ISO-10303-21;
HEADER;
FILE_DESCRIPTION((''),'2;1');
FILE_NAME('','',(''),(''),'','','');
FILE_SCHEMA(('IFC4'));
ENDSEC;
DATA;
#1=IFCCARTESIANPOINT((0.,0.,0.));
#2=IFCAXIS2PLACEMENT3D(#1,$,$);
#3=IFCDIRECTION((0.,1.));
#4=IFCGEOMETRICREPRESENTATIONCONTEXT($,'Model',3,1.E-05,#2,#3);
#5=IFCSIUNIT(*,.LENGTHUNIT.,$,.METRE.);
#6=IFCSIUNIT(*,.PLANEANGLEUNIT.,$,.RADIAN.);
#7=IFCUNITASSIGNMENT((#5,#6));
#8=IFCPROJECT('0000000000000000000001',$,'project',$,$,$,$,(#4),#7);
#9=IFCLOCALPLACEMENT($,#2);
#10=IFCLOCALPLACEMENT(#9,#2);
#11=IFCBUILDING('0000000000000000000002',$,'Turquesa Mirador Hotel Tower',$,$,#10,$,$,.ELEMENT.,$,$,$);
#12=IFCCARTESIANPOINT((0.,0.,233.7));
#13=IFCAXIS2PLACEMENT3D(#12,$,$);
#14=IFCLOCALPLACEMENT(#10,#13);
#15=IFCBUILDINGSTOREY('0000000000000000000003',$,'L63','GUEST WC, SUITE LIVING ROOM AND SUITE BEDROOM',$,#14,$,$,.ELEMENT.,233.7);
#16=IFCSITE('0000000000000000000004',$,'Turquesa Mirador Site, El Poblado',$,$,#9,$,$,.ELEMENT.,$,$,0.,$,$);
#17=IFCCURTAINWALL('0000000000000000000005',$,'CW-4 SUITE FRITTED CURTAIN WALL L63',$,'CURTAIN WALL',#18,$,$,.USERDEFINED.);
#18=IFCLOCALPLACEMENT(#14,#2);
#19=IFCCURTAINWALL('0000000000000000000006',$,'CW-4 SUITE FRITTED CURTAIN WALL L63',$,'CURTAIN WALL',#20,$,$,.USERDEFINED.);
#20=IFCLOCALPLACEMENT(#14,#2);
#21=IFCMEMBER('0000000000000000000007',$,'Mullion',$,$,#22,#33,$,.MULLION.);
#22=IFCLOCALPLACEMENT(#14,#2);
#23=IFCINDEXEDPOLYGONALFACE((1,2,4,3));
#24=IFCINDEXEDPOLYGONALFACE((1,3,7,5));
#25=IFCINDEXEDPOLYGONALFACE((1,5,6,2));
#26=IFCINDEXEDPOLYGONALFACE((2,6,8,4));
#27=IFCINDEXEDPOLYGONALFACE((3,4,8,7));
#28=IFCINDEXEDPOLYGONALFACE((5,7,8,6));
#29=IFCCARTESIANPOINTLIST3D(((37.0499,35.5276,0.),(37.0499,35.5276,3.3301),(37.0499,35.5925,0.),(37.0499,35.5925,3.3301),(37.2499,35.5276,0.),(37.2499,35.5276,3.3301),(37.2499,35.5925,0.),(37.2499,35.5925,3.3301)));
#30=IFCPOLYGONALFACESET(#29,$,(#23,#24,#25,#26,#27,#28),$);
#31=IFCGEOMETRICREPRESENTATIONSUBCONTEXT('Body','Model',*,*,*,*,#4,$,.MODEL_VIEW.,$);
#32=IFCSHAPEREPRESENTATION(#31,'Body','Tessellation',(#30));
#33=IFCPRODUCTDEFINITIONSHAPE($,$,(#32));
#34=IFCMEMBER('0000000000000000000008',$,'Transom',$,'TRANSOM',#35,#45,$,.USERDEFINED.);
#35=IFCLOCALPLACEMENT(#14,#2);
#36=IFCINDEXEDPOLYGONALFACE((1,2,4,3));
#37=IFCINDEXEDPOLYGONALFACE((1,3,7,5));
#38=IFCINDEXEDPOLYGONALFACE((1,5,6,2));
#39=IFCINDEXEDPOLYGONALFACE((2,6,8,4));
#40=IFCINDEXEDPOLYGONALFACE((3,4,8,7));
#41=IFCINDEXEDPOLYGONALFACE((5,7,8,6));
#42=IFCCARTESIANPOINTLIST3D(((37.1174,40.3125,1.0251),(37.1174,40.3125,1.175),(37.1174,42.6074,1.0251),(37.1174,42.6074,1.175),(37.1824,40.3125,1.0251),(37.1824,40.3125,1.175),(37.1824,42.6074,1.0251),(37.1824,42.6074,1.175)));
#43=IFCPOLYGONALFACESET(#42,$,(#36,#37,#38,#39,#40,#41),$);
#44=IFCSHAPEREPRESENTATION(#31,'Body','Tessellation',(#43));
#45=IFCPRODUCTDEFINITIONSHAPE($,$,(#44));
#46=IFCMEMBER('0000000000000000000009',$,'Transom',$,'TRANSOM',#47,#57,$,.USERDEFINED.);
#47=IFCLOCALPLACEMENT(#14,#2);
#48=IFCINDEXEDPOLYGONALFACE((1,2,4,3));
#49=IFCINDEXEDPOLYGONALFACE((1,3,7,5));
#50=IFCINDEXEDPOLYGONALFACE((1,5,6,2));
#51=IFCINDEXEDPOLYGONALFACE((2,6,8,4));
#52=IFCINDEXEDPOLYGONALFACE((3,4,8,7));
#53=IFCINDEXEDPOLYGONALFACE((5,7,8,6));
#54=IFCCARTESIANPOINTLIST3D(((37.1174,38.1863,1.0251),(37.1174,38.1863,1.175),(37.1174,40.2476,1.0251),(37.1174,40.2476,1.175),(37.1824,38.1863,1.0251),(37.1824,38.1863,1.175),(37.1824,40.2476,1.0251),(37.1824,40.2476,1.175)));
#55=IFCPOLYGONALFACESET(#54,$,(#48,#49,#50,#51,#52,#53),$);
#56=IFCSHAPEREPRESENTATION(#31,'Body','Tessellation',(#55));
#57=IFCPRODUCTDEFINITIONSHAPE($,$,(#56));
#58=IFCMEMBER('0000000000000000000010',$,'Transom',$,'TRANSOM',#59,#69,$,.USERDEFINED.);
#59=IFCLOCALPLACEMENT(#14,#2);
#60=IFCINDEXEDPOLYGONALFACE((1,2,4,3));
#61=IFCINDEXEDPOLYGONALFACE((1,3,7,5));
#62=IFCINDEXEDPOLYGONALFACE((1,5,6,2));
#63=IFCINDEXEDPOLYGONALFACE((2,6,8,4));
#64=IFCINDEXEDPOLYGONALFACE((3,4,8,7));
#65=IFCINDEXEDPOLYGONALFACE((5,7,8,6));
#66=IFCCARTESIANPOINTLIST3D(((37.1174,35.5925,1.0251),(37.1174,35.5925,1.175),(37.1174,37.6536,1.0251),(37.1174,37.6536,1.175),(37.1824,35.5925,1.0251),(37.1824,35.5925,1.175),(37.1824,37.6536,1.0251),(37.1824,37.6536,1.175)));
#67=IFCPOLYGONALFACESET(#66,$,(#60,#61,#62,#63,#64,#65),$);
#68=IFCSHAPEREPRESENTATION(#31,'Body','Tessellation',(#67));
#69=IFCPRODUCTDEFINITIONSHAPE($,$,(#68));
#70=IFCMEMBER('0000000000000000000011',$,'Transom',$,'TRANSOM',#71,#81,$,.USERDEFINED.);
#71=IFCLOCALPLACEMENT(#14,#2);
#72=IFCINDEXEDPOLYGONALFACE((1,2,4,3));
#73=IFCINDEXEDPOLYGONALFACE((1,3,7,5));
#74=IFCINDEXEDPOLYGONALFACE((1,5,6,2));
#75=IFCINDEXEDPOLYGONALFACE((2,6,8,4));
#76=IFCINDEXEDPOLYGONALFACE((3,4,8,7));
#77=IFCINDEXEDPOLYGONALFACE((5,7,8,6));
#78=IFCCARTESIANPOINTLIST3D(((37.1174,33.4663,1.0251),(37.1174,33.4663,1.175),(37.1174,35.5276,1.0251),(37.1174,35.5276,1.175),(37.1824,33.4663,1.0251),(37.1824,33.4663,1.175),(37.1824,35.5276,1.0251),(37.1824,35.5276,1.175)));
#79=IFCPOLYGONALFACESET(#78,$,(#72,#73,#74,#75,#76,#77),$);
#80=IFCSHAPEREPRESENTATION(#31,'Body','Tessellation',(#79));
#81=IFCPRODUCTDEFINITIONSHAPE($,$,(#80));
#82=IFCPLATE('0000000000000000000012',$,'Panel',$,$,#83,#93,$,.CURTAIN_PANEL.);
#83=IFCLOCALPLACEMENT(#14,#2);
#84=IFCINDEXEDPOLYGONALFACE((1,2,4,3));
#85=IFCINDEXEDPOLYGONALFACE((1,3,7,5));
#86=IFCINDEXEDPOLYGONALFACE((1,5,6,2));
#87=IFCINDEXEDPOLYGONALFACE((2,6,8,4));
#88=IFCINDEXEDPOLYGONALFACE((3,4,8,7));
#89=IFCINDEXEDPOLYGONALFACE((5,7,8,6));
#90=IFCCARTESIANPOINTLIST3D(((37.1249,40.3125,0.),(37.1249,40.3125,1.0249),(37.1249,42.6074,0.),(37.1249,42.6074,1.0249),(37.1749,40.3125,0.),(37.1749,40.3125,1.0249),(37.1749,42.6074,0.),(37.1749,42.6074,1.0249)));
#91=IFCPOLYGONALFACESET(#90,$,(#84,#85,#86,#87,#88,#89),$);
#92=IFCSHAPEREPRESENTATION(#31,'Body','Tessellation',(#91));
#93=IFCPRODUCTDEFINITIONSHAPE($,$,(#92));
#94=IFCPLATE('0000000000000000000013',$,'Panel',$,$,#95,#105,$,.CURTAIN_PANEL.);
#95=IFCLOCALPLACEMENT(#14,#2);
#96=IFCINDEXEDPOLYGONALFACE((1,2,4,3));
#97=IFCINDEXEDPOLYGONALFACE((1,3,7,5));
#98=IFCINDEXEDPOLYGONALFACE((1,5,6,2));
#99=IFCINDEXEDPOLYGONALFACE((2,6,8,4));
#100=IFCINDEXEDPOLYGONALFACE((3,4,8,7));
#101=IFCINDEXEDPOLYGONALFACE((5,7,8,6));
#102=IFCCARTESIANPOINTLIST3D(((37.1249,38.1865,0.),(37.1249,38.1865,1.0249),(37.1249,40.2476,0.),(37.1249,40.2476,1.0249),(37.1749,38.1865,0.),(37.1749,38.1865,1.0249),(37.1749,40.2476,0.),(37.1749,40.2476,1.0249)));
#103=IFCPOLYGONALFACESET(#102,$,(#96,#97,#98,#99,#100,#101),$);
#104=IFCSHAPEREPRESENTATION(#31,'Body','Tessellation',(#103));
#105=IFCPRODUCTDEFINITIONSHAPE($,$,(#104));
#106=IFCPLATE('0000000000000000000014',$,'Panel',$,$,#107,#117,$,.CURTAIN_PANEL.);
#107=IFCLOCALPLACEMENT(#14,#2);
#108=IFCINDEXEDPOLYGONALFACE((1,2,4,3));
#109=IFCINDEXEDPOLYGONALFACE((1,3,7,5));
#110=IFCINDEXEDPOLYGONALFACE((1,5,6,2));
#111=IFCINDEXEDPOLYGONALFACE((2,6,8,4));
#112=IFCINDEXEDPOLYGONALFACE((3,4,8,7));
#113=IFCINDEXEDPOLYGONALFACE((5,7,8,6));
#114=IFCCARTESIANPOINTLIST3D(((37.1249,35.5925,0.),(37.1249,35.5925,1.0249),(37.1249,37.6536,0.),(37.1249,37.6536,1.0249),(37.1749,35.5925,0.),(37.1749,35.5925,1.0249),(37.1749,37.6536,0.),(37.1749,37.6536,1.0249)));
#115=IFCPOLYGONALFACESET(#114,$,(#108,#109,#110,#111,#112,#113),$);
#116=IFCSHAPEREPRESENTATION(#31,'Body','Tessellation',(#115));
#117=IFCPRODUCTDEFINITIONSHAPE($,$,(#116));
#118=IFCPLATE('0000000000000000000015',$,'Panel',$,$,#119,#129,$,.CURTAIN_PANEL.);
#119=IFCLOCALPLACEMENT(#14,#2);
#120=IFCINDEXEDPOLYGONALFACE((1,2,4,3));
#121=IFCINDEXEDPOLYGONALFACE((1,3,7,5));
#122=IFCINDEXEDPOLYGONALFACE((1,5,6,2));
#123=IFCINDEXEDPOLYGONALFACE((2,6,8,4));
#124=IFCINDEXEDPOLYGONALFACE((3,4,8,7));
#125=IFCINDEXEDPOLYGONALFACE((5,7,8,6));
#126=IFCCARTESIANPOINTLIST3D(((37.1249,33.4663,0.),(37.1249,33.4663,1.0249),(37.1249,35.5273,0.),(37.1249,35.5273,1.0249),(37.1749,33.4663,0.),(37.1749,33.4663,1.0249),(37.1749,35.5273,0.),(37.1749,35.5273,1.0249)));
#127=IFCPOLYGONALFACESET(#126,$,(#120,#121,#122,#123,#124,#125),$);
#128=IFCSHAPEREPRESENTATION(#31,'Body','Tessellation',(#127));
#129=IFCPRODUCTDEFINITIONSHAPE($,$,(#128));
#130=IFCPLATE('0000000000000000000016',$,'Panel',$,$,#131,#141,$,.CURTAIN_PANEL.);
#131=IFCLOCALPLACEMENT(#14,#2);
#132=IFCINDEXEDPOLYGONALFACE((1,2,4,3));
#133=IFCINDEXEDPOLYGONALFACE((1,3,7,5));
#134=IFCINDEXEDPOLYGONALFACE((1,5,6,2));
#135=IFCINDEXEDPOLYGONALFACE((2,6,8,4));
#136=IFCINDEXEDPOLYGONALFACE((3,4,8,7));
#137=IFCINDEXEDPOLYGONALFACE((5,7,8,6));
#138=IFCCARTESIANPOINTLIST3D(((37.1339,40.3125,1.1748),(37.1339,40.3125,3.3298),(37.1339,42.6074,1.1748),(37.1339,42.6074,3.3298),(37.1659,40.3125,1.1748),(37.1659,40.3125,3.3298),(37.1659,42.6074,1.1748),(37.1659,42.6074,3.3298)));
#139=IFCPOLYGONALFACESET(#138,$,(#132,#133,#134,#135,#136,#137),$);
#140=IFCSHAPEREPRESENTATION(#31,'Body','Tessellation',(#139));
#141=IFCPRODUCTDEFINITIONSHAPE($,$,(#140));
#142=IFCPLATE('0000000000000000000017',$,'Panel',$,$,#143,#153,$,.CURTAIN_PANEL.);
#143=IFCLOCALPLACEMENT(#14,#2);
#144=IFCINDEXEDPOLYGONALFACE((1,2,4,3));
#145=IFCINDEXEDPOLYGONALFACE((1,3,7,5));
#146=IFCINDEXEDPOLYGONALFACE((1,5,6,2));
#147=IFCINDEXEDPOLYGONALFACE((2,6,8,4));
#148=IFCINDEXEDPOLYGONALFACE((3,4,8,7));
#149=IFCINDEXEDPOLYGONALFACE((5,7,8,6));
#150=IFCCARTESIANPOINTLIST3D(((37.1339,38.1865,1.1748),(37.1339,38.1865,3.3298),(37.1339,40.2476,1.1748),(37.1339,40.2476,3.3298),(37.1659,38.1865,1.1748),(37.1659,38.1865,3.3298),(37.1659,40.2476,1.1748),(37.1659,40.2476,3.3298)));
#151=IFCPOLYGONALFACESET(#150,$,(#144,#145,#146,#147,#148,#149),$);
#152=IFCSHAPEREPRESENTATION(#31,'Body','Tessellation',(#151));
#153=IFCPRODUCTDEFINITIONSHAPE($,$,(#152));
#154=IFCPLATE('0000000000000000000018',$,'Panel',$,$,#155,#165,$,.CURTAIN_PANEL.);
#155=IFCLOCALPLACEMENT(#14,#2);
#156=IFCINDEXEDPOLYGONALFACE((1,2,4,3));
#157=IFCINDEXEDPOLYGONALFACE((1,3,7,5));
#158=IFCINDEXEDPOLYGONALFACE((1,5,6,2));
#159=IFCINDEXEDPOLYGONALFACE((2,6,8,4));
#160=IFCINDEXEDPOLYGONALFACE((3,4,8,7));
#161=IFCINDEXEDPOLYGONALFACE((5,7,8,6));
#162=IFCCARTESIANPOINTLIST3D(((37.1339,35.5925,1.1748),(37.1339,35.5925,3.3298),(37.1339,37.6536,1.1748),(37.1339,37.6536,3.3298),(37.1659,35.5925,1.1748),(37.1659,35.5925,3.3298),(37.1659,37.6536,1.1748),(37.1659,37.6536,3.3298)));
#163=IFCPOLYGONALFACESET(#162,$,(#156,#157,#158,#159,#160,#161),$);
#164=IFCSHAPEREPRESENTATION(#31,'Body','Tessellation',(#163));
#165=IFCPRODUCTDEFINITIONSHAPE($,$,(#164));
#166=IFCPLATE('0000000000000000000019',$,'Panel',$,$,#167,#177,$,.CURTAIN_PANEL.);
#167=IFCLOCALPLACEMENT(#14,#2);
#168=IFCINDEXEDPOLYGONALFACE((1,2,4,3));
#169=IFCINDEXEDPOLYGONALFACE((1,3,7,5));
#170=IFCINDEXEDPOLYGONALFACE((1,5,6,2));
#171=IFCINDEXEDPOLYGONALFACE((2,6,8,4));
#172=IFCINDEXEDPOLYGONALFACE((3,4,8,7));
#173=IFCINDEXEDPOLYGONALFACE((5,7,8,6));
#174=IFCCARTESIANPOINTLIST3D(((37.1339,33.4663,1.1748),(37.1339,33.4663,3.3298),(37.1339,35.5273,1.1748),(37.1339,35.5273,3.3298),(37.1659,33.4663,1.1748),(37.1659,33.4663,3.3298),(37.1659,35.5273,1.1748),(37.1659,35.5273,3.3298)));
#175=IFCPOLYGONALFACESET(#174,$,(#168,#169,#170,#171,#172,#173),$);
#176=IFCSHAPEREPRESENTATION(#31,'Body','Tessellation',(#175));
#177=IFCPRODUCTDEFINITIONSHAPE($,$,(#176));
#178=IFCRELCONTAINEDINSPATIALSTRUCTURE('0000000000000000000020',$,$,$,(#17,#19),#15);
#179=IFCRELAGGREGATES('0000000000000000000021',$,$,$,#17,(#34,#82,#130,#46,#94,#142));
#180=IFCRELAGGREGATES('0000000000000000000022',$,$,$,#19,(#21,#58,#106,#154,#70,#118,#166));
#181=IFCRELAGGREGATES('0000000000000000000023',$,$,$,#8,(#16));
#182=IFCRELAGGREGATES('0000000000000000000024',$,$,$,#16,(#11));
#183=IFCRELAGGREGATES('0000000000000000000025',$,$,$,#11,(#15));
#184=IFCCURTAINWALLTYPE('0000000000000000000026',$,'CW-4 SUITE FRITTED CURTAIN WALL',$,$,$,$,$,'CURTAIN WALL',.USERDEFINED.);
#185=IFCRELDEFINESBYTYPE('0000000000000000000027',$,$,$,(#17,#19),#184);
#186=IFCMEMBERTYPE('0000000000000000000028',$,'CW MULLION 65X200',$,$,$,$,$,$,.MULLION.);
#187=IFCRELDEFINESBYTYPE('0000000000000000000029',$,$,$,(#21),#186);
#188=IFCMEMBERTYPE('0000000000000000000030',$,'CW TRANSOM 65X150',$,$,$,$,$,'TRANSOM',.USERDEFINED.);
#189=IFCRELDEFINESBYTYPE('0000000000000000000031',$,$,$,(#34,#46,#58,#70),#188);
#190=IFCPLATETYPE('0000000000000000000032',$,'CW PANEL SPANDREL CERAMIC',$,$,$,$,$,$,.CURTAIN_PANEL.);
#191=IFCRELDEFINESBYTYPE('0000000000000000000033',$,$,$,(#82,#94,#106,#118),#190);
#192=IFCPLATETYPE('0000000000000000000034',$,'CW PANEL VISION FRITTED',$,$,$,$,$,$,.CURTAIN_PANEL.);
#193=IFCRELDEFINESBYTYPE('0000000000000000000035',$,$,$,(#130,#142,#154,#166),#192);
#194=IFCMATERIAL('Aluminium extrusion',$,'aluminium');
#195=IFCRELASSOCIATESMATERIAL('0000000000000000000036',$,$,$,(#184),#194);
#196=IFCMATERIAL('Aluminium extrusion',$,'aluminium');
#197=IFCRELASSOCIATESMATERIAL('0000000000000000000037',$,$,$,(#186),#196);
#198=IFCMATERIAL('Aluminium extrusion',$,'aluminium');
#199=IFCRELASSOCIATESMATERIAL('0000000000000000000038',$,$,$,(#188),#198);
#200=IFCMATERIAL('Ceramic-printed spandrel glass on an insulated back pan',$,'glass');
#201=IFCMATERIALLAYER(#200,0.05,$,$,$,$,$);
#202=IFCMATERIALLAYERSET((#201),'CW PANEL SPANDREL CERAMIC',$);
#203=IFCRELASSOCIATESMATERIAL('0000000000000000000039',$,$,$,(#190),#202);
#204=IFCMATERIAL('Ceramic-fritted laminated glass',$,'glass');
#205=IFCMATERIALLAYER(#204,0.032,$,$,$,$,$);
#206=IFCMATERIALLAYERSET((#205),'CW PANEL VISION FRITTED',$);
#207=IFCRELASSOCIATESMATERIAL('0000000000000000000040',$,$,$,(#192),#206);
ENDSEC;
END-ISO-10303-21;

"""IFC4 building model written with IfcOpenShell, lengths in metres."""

from ifc_helpers import new_model, si_unit, direction, frame, origin, origin_2d, place, context, subcontext, project, spatial, rectangle, extrude, material, layer, layer_set, material_profile, profile_set, type_object, element, aggregate, save


model = new_model("IFC4")

# Units and contexts
model_context = context("Model", 3, precision=1e-05, world=origin(), true_north=direction((0.0, 1.0)))
body_context = subcontext(model_context, "Body", "Model", "MODEL_VIEW")
ifc_project = project(units=[si_unit("LENGTHUNIT", "METRE"), si_unit("PLANEANGLEUNIT", "RADIAN")], contexts=[model_context])

# Site, building, storey
site_placement = place(None, origin())
site = spatial("IfcSite", under=ifc_project, at=site_placement, Name="Turquesa Mirador Site, El Poblado", CompositionType="ELEMENT", RefElevation=0.0)
building_placement = place(site_placement, origin())
building = spatial("IfcBuilding", under=site, at=building_placement, Name="Turquesa Mirador Hotel Tower", CompositionType="ELEMENT")
storey_placement = place(building_placement, frame((0.0, 0.0, 233.7)))
storey = spatial("IfcBuildingStorey", under=building, at=storey_placement, Name="L63", Description="GUEST WC, SUITE LIVING ROOM AND SUITE BEDROOM", CompositionType="ELEMENT", Elevation=233.7)

# Curtain walls, member
ifc_material_1 = material(Name="Aluminium extrusion", Category="aluminium")
curtain_wall_type = type_object("IfcCurtainWallType", Name="CW-4 SUITE FRITTED CURTAIN WALL", ElementType="CURTAIN WALL", PredefinedType="USERDEFINED", material=ifc_material_1)
curtain_wall_1_placement = place(storey_placement, origin())
curtain_wall_1 = element("IfcCurtainWall", 1, at=curtain_wall_1_placement, inside=storey, type_object=curtain_wall_type, Name="CW-4 SUITE FRITTED CURTAIN WALL L63", ObjectType="CURTAIN WALL", PredefinedType="USERDEFINED")
ifc_material_2 = material(Name="Aluminium extrusion", Category="aluminium")
ifc_material_profile_1 = material_profile(ifc_material_2, rectangle(XDim=0.0649, YDim=0.2, at=origin_2d()), Name="MULLION 65X200")
ifc_profile_set_1 = profile_set([ifc_material_profile_1], Name="Aluminium extrusion")
member_type_1 = type_object("IfcMemberType", Name="CW MULLION 65X200", PredefinedType="MULLION", material=ifc_profile_set_1)
curtain_wall_2_placement = place(storey_placement, origin())
curtain_wall_2 = element("IfcCurtainWall", 2, at=curtain_wall_2_placement, inside=storey, type_object=curtain_wall_type, Name="CW-4 SUITE FRITTED CURTAIN WALL L63", ObjectType="CURTAIN WALL", PredefinedType="USERDEFINED")
member_1_placement = place(storey_placement, frame((37.1499, 35.5601, 0.0), z_axis=(0.0, 0.0, 1.0), x_axis=(0.0, -1.0, 0.0)))
member_1 = element("IfcMember", 3, at=member_1_placement, type_object=member_type_1, Name="Mullion", PredefinedType="MULLION", context=body_context, shape_type="SweptSolid", body=[
    extrude(rectangle(XDim=0.0649, YDim=0.2, at=origin_2d()), origin(), (0.0, 0.0, 1.0), 3.3301),
])

# Members
ifc_material_3 = material(Name="Aluminium extrusion", Category="aluminium")
ifc_material_profile_2 = material_profile(ifc_material_3, rectangle(XDim=0.0649, YDim=0.1499, at=origin_2d()), Name="TRANSOM 65X150")
ifc_profile_set_2 = profile_set([ifc_material_profile_2], Name="Aluminium extrusion")
member_type_2 = type_object("IfcMemberType", Name="CW TRANSOM 65X150", ElementType="TRANSOM", PredefinedType="USERDEFINED", material=ifc_profile_set_2)
member_2_placement = place(storey_placement, frame((37.1499, 42.6074, 1.1001), z_axis=(0.0, -1.0, 0.0), x_axis=(1.0, 0.0, 0.0)))
member_2 = element("IfcMember", 4, at=member_2_placement, type_object=member_type_2, Name="Transom", ObjectType="TRANSOM", PredefinedType="USERDEFINED", context=body_context, shape_type="SweptSolid", body=[
    extrude(rectangle(XDim=0.0649, YDim=0.1499, at=origin_2d()), origin(), (0.0, 0.0, 1.0), 2.2949),
])
member_3_placement = place(storey_placement, frame((37.1499, 40.2476, 1.1001), z_axis=(0.0, -1.0, 0.0), x_axis=(1.0, 0.0, 0.0)))
member_3 = element("IfcMember", 5, at=member_3_placement, type_object=member_type_2, Name="Transom", ObjectType="TRANSOM", PredefinedType="USERDEFINED", context=body_context, shape_type="SweptSolid", body=[
    extrude(rectangle(XDim=0.0649, YDim=0.1499, at=origin_2d()), origin(), (0.0, 0.0, 1.0), 2.0613),
])
member_4_placement = place(storey_placement, frame((37.1499, 37.6536, 1.1001), z_axis=(0.0, -1.0, 0.0), x_axis=(1.0, 0.0, 0.0)))
member_4 = element("IfcMember", 6, at=member_4_placement, type_object=member_type_2, Name="Transom", ObjectType="TRANSOM", PredefinedType="USERDEFINED", context=body_context, shape_type="SweptSolid", body=[
    extrude(rectangle(XDim=0.0649, YDim=0.1499, at=origin_2d()), origin(), (0.0, 0.0, 1.0), 2.061),
])
member_5_placement = place(storey_placement, frame((37.1499, 35.5276, 1.1001), z_axis=(0.0, -1.0, 0.0), x_axis=(1.0, 0.0, 0.0)))
member_5 = element("IfcMember", 7, at=member_5_placement, type_object=member_type_2, Name="Transom", ObjectType="TRANSOM", PredefinedType="USERDEFINED", context=body_context, shape_type="SweptSolid", body=[
    extrude(rectangle(XDim=0.0649, YDim=0.1499, at=origin_2d()), origin(), (0.0, 0.0, 1.0), 2.0613),
])

# Plates
ifc_material_4 = material(Name="Ceramic-printed spandrel glass on an insulated back pan", Category="glass")
ifc_layer_1 = layer(ifc_material_4, 0.05)
ifc_layer_set_1 = layer_set([ifc_layer_1], Name="CW PANEL SPANDREL CERAMIC")
plate_type_1 = type_object("IfcPlateType", Name="CW PANEL SPANDREL CERAMIC", PredefinedType="CURTAIN_PANEL", material=ifc_layer_set_1)
plate_1_placement = place(storey_placement, frame((37.1499, 41.46, 0.0), z_axis=(0.0, 0.0, 1.0), x_axis=(0.0, -1.0, 0.0)))
plate_1 = element("IfcPlate", 8, at=plate_1_placement, type_object=plate_type_1, Name="Panel", PredefinedType="CURTAIN_PANEL", context=body_context, shape_type="SweptSolid", body=[
    extrude(rectangle(XDim=2.2949, YDim=0.05, at=origin_2d()), origin(), (0.0, 0.0, 1.0), 1.0249),
])
plate_2_placement = place(storey_placement, frame((37.1499, 39.217, 0.0), z_axis=(0.0, 0.0, 1.0), x_axis=(0.0, -1.0, 0.0)))
plate_2 = element("IfcPlate", 9, at=plate_2_placement, type_object=plate_type_1, Name="Panel", PredefinedType="CURTAIN_PANEL", context=body_context, shape_type="SweptSolid", body=[
    extrude(rectangle(XDim=2.061, YDim=0.05, at=origin_2d()), origin(), (0.0, 0.0, 1.0), 1.0249),
])
plate_3_placement = place(storey_placement, frame((37.1499, 36.623, 0.0), z_axis=(0.0, 0.0, 1.0), x_axis=(0.0, -1.0, 0.0)))
plate_3 = element("IfcPlate", 10, at=plate_3_placement, type_object=plate_type_1, Name="Panel", PredefinedType="CURTAIN_PANEL", context=body_context, shape_type="SweptSolid", body=[
    extrude(rectangle(XDim=2.061, YDim=0.05, at=origin_2d()), origin(), (0.0, 0.0, 1.0), 1.0249),
])
plate_4_placement = place(storey_placement, frame((37.1499, 34.4968, 0.0), z_axis=(0.0, 0.0, 1.0), x_axis=(0.0, -1.0, 0.0)))
plate_4 = element("IfcPlate", 11, at=plate_4_placement, type_object=plate_type_1, Name="Panel", PredefinedType="CURTAIN_PANEL", context=body_context, shape_type="SweptSolid", body=[
    extrude(rectangle(XDim=2.061, YDim=0.05, at=origin_2d()), origin(), (0.0, 0.0, 1.0), 1.0249),
])
ifc_material_5 = material(Name="Ceramic-fritted laminated glass", Category="glass")
ifc_layer_2 = layer(ifc_material_5, 0.032)
ifc_layer_set_2 = layer_set([ifc_layer_2], Name="CW PANEL VISION FRITTED")
plate_type_2 = type_object("IfcPlateType", Name="CW PANEL VISION FRITTED", PredefinedType="CURTAIN_PANEL", material=ifc_layer_set_2)
plate_5_placement = place(storey_placement, frame((37.1499, 41.46, 1.1748), z_axis=(0.0, 0.0, 1.0), x_axis=(0.0, -1.0, 0.0)))
plate_5 = element("IfcPlate", 12, at=plate_5_placement, type_object=plate_type_2, Name="Panel", PredefinedType="CURTAIN_PANEL", context=body_context, shape_type="SweptSolid", body=[
    extrude(rectangle(XDim=2.2949, YDim=0.032, at=origin_2d()), origin(), (0.0, 0.0, 1.0), 2.155),
])
plate_6_placement = place(storey_placement, frame((37.1499, 39.217, 1.1748), z_axis=(0.0, 0.0, 1.0), x_axis=(0.0, -1.0, 0.0)))
plate_6 = element("IfcPlate", 13, at=plate_6_placement, type_object=plate_type_2, Name="Panel", PredefinedType="CURTAIN_PANEL", context=body_context, shape_type="SweptSolid", body=[
    extrude(rectangle(XDim=2.061, YDim=0.032, at=origin_2d()), origin(), (0.0, 0.0, 1.0), 2.155),
])
aggregate(curtain_wall_1, [member_2, plate_1, plate_5, member_3, plate_2, plate_6])
plate_7_placement = place(storey_placement, frame((37.1499, 36.623, 1.1748), z_axis=(0.0, 0.0, 1.0), x_axis=(0.0, -1.0, 0.0)))
plate_7 = element("IfcPlate", 14, at=plate_7_placement, type_object=plate_type_2, Name="Panel", PredefinedType="CURTAIN_PANEL", context=body_context, shape_type="SweptSolid", body=[
    extrude(rectangle(XDim=2.061, YDim=0.032, at=origin_2d()), origin(), (0.0, 0.0, 1.0), 2.155),
])
plate_8_placement = place(storey_placement, frame((37.1499, 34.4968, 1.1748), z_axis=(0.0, 0.0, 1.0), x_axis=(0.0, -1.0, 0.0)))
plate_8 = element("IfcPlate", 15, at=plate_8_placement, type_object=plate_type_2, Name="Panel", PredefinedType="CURTAIN_PANEL", context=body_context, shape_type="SweptSolid", body=[
    extrude(rectangle(XDim=2.061, YDim=0.032, at=origin_2d()), origin(), (0.0, 0.0, 1.0), 2.155),
])
aggregate(curtain_wall_2, [member_1, member_4, plate_3, plate_7, member_5, plate_4, plate_8])

save(model, "model.ifc")
